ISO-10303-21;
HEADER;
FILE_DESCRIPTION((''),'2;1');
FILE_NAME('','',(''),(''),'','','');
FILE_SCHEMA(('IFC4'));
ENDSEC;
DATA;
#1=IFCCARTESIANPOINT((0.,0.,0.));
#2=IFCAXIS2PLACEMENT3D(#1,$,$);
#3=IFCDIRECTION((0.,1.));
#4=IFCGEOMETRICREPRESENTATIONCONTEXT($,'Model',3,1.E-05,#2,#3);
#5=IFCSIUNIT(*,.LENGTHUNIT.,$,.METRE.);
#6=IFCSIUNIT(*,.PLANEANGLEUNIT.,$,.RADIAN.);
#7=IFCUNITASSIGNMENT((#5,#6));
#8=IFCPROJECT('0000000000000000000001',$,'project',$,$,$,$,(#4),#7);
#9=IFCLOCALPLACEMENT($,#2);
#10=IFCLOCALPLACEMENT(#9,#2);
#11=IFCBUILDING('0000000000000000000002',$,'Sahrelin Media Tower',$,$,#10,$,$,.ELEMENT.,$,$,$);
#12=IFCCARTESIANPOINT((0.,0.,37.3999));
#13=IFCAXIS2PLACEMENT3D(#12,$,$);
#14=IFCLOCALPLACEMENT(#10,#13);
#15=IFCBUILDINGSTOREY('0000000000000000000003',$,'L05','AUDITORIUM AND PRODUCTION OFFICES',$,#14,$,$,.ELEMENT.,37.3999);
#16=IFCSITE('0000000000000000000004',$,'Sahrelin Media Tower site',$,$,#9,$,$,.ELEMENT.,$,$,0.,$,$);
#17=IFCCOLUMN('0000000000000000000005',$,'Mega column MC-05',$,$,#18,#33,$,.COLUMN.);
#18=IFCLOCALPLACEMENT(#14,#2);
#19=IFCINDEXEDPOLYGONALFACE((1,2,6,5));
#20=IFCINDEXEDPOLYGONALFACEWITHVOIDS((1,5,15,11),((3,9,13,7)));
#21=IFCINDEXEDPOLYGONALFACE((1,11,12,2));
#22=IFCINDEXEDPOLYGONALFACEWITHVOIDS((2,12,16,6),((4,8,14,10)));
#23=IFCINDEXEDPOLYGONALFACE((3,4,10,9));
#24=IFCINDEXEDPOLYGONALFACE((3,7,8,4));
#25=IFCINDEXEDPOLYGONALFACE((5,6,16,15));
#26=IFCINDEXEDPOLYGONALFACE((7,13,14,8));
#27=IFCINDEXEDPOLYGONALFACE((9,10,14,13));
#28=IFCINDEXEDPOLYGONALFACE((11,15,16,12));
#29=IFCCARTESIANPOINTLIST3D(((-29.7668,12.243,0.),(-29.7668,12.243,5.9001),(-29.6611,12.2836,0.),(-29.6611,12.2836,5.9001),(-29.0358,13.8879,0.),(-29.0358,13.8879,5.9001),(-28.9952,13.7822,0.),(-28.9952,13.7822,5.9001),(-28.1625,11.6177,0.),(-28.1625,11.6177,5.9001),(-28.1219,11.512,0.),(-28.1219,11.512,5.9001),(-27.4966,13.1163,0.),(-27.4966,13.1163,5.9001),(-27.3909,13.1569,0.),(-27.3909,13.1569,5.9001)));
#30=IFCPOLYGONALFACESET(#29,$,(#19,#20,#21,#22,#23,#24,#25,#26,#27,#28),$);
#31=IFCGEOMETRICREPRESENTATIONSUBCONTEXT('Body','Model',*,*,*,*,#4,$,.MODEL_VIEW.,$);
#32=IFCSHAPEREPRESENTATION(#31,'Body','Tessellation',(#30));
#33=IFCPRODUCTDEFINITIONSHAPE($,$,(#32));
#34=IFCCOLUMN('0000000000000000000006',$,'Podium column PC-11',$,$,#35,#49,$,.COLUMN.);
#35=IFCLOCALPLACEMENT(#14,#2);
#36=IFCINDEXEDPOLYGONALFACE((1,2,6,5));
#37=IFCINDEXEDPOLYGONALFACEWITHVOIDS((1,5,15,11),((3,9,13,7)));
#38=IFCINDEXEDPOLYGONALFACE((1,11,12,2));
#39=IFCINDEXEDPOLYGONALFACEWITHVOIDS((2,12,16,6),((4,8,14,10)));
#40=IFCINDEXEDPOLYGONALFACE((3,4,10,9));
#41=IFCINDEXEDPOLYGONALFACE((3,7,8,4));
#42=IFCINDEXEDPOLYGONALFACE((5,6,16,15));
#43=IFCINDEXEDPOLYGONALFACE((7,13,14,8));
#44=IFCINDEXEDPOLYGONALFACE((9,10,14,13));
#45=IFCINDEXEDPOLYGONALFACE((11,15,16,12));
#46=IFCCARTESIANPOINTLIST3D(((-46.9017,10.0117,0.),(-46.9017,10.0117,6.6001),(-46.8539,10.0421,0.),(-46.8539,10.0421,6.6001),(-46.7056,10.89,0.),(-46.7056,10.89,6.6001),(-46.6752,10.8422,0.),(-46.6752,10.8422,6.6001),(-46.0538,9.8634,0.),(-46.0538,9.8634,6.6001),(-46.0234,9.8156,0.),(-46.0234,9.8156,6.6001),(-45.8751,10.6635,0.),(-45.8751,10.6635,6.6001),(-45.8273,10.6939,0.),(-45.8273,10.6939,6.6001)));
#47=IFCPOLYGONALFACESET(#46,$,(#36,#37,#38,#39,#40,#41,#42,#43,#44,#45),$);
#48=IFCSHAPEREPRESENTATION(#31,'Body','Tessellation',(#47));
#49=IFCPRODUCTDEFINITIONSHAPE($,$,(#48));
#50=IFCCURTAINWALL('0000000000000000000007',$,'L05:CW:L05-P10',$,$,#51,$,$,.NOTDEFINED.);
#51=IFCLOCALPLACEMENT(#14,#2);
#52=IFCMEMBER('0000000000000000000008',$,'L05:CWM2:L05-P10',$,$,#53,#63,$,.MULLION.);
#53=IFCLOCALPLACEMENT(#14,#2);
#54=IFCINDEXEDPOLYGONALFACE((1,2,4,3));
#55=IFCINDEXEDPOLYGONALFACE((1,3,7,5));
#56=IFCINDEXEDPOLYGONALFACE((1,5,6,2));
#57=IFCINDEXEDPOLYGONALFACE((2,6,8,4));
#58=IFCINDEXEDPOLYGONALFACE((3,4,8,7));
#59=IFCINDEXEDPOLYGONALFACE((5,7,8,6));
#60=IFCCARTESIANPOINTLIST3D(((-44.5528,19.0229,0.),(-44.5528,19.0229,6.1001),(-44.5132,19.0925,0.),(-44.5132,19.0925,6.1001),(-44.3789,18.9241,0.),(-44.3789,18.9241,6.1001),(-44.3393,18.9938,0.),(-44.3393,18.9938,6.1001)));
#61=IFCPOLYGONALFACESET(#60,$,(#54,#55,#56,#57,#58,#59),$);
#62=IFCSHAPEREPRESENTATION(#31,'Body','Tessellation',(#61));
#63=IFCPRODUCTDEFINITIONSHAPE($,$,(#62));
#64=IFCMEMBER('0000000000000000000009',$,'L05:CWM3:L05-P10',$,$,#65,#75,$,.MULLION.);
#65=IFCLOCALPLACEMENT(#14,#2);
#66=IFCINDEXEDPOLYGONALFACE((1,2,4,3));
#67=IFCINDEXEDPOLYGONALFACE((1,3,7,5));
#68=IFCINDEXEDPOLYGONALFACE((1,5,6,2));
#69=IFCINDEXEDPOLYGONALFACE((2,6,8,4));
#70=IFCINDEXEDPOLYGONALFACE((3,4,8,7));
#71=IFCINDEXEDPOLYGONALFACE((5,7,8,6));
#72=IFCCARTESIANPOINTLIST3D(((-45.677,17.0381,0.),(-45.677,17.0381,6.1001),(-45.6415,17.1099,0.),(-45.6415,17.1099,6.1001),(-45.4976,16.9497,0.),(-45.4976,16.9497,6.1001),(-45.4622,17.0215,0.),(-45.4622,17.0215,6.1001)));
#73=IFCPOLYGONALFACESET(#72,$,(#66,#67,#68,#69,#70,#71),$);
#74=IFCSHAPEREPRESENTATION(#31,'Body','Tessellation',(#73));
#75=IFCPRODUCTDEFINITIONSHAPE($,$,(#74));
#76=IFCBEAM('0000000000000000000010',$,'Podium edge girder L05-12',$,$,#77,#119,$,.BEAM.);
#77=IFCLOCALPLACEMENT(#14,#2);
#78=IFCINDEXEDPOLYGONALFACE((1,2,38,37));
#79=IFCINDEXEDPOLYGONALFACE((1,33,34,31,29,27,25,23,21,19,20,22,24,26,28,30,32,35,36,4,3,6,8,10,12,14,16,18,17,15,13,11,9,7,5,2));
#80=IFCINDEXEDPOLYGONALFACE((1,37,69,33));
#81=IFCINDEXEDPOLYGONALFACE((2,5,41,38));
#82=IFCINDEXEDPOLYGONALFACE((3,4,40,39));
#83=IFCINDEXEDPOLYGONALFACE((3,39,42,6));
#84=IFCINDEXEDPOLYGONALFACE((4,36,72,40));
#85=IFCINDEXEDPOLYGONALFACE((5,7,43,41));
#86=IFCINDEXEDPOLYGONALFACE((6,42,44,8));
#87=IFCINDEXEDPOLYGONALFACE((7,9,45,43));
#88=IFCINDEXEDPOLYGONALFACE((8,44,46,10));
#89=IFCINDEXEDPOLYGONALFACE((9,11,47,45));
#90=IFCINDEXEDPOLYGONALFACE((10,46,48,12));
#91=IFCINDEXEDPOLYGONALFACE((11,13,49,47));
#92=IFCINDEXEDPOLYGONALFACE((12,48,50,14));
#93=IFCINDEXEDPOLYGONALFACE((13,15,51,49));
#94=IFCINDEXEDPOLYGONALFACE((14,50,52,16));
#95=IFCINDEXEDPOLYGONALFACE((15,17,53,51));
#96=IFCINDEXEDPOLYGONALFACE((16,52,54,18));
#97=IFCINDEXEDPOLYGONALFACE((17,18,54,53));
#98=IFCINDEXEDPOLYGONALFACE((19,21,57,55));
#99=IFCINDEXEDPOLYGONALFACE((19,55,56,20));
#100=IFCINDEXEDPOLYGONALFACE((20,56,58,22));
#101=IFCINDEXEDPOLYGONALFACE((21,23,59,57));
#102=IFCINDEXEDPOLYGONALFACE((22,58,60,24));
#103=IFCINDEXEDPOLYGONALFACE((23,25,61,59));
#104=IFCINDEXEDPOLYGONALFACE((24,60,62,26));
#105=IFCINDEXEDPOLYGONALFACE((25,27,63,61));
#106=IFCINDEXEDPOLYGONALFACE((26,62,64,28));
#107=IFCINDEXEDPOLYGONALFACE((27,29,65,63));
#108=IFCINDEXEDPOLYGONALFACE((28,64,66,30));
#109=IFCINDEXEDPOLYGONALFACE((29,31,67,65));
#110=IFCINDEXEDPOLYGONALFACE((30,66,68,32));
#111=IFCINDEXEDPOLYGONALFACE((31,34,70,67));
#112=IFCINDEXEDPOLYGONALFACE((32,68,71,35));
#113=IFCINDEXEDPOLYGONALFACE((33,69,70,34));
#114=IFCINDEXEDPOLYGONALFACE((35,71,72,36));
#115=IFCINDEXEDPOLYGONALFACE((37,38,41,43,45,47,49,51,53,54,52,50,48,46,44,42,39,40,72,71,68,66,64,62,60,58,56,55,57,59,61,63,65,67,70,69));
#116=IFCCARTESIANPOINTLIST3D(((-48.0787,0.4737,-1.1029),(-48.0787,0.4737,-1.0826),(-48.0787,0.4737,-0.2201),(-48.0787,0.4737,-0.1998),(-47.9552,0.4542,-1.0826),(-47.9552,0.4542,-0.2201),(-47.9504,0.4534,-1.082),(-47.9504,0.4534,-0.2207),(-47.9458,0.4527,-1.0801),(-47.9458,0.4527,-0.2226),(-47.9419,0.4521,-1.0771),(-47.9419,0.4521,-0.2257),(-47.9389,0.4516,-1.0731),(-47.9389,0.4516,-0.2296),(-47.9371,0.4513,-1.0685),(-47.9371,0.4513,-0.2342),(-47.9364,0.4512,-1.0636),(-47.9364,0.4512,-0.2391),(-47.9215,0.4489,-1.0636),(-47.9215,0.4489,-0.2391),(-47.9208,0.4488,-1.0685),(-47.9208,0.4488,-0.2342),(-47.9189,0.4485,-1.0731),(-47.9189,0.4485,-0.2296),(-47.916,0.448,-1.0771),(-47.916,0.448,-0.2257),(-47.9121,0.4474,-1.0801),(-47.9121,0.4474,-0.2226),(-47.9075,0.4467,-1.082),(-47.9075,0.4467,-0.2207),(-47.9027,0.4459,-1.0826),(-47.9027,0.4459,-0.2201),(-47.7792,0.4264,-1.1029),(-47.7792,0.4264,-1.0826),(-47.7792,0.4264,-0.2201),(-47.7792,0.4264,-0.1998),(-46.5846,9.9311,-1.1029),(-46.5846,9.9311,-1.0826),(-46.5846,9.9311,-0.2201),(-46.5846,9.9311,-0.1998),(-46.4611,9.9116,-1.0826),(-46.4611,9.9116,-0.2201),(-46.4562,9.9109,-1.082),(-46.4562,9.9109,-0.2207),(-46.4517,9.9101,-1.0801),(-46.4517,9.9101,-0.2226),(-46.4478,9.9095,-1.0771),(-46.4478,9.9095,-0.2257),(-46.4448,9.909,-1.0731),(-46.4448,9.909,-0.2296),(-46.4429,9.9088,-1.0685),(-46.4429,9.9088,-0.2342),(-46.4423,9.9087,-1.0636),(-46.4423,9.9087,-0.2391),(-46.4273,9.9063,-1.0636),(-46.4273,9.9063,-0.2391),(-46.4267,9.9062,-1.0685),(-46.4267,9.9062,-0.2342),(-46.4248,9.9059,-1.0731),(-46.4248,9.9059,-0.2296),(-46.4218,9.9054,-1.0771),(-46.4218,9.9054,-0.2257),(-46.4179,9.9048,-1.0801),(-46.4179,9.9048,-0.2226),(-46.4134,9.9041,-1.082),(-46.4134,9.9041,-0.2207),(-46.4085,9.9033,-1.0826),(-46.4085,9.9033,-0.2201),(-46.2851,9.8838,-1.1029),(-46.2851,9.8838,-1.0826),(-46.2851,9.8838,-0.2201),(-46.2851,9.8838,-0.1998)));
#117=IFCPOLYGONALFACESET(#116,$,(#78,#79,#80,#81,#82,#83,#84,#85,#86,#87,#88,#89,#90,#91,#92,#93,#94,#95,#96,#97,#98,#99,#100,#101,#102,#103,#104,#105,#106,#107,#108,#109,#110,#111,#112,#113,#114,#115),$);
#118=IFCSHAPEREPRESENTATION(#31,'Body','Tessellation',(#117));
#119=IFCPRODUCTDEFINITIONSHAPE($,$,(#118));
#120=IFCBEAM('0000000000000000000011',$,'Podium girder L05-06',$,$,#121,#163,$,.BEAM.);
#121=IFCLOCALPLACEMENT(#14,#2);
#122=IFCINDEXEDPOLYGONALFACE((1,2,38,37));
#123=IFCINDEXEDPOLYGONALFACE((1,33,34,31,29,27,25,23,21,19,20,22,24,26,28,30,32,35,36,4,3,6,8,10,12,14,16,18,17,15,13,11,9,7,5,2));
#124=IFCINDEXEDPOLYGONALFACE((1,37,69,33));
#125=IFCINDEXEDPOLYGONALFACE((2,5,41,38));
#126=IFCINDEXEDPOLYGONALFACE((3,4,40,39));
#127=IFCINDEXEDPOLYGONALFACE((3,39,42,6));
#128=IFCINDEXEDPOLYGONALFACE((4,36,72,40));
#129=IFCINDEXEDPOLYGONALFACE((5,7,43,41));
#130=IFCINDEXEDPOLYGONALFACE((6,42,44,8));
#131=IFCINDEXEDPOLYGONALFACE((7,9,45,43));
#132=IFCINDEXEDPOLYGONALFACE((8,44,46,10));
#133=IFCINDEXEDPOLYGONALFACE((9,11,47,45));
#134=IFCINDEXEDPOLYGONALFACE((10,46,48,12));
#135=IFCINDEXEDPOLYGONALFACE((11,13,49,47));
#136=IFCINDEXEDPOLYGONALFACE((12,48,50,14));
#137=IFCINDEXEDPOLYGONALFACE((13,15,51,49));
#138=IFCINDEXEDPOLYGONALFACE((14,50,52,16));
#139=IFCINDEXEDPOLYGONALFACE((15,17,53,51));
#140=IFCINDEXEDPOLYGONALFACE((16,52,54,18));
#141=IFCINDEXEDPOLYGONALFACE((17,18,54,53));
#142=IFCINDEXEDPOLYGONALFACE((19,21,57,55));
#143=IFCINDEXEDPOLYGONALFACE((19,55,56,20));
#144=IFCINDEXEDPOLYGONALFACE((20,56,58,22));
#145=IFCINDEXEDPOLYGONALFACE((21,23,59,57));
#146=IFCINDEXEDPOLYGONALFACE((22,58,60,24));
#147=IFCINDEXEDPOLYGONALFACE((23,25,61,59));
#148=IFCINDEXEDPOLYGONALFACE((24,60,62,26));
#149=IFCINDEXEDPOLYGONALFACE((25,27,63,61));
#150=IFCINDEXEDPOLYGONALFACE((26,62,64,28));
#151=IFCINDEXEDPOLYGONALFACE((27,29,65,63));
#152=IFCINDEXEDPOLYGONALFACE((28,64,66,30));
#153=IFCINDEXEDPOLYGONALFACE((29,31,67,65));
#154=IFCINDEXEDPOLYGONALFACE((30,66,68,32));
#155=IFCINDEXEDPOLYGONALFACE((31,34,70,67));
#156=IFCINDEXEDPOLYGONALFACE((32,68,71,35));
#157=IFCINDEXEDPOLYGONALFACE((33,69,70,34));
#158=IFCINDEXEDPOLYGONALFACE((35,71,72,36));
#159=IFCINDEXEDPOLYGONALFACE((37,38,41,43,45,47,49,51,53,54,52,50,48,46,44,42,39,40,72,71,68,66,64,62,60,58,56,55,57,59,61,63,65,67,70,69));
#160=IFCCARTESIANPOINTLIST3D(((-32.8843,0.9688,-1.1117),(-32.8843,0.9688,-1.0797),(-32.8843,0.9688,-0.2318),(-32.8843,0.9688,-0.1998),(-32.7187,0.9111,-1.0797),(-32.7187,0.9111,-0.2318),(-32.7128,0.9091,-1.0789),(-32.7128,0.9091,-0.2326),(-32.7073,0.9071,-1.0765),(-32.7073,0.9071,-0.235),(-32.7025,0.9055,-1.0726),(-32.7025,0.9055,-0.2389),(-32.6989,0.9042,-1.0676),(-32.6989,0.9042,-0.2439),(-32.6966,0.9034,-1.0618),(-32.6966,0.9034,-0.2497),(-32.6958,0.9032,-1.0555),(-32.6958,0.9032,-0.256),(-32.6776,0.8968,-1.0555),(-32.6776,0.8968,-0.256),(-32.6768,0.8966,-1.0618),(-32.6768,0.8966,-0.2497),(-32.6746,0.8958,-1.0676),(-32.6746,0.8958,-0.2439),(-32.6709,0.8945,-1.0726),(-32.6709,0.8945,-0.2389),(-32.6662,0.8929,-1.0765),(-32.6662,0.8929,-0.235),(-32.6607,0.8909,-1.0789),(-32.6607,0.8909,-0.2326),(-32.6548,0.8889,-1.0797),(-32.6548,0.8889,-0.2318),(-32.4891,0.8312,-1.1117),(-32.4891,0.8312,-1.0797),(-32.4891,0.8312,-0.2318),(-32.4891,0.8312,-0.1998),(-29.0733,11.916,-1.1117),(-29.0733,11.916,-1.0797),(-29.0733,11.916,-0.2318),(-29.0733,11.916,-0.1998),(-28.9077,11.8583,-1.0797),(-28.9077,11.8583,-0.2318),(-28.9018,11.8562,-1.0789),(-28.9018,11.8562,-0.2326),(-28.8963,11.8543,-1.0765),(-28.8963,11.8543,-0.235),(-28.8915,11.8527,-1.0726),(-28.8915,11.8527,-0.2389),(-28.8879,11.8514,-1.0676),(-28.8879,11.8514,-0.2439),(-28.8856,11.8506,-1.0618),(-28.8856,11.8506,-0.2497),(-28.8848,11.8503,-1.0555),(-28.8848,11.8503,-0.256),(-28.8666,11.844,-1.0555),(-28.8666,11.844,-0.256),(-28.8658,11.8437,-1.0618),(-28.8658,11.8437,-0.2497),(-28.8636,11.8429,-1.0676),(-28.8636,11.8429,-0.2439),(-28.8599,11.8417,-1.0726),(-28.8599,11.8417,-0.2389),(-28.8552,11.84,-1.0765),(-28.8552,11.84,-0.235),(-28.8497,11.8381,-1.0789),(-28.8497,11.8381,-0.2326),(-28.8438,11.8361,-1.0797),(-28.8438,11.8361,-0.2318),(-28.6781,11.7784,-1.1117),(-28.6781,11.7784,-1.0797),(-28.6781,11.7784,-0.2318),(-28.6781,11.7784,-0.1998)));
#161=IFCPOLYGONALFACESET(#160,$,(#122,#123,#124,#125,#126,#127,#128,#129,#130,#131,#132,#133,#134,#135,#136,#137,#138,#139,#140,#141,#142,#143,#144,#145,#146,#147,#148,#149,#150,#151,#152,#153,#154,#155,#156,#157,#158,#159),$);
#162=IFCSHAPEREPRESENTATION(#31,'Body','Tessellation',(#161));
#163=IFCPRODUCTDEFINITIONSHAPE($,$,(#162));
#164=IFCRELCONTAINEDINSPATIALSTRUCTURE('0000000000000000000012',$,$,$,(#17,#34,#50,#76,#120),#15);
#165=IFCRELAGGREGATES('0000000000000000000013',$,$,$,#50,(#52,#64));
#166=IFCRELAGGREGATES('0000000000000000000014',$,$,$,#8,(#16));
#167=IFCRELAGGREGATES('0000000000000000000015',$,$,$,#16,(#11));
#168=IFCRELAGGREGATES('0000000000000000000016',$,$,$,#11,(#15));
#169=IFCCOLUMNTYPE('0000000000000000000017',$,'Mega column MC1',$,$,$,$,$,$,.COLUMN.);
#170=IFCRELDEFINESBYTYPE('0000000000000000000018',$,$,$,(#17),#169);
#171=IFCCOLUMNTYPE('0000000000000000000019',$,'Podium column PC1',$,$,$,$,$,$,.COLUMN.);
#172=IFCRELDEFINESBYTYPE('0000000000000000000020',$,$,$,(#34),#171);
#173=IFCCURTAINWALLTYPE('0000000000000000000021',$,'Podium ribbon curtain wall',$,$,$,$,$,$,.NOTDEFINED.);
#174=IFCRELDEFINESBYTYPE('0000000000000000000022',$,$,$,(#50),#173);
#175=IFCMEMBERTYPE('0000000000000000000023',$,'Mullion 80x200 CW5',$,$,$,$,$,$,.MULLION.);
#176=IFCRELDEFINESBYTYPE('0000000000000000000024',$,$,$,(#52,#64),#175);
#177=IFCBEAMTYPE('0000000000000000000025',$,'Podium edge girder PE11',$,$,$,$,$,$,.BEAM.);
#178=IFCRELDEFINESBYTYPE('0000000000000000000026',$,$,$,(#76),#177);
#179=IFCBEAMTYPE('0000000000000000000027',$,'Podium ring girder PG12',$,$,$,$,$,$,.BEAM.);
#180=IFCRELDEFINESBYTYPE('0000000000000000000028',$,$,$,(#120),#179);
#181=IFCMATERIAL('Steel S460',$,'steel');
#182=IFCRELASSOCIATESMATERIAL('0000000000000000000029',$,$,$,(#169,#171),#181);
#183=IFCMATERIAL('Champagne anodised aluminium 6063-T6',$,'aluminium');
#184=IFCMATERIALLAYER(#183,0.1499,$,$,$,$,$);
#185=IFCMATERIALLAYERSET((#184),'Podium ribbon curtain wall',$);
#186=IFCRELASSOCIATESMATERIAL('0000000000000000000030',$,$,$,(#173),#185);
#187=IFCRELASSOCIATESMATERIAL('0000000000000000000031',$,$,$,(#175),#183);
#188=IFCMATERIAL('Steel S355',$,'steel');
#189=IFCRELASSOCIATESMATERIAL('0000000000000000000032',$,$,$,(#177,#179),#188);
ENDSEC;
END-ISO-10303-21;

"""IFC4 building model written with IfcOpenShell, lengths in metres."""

from ifc_helpers import new_model, si_unit, direction, frame, origin, origin_2d, place, context, subcontext, project, spatial, rectangle, hollow_rectangle, i_section, extrude, material, layer, layer_set, material_profile, profile_set, type_object, element, aggregate, save


model = new_model("IFC4")

# Units and contexts
model_context = context("Model", 3, precision=1e-05, world=origin(), true_north=direction((0.0, 1.0)))
body_context = subcontext(model_context, "Body", "Model", "MODEL_VIEW")
ifc_project = project(units=[si_unit("LENGTHUNIT", "METRE"), si_unit("PLANEANGLEUNIT", "RADIAN")], contexts=[model_context])

# Site, building, storey
site_placement = place(None, origin())
site = spatial("IfcSite", under=ifc_project, at=site_placement, Name="Sahrelin Media Tower site", CompositionType="ELEMENT", RefElevation=0.0)
building_placement = place(site_placement, origin())
building = spatial("IfcBuilding", under=site, at=building_placement, Name="Sahrelin Media Tower", CompositionType="ELEMENT")
storey_placement = place(building_placement, frame((0.0, 0.0, 37.3999)))
storey = spatial("IfcBuildingStorey", under=building, at=storey_placement, Name="L05", Description="AUDITORIUM AND PRODUCTION OFFICES", CompositionType="ELEMENT", Elevation=37.3999)

# Columns
ifc_material_1 = material(Name="Steel S460", Category="steel")
ifc_material_profile_1 = material_profile(ifc_material_1, hollow_rectangle(XDim=1.8, YDim=1.8, WallThickness=0.0801, at=origin_2d()), Name="Mega column MC1")
ifc_profile_set_1 = profile_set([ifc_material_profile_1], Name="Steel S460")
column_type_1 = type_object("IfcColumnType", Name="Mega column MC1", PredefinedType="COLUMN", material=ifc_profile_set_1)
column_1_placement = place(storey_placement, frame((-28.5789, 12.7, 0.0), z_axis=(0.0, 0.0, 1.0), x_axis=(-0.913831, 0.406094, 0.0)))
element("IfcColumn", 1, at=column_1_placement, inside=storey, type_object=column_type_1, Name="Mega column MC-05", PredefinedType="COLUMN", context=body_context, shape_type="SweptSolid", body=[
    extrude(hollow_rectangle(XDim=1.8, YDim=1.8, WallThickness=0.0801, at=origin_2d()), origin(), (0.0, 0.0, 1.0), 5.9001),
])
ifc_material_profile_2 = material_profile(ifc_material_1, hollow_rectangle(XDim=0.8999, YDim=0.8999, WallThickness=0.04, at=origin_2d()), Name="Podium column PC1")
ifc_profile_set_2 = profile_set([ifc_material_profile_2], Name="Steel S460")
column_type_2 = type_object("IfcColumnType", Name="Podium column PC1", PredefinedType="COLUMN", material=ifc_profile_set_2)
column_2_placement = place(storey_placement, frame((-46.3645, 10.3528, 0.0), z_axis=(0.0, 0.0, 1.0), x_axis=(-0.975965, 0.217925, 0.0)))
element("IfcColumn", 2, at=column_2_placement, inside=storey, type_object=column_type_2, Name="Podium column PC-11", PredefinedType="COLUMN", context=body_context, shape_type="SweptSolid", body=[
    extrude(hollow_rectangle(XDim=0.8999, YDim=0.8999, WallThickness=0.04, at=origin_2d()), origin(), (0.0, 0.0, 1.0), 6.6001),
])

# Curtain wall, members
ifc_material_2 = material(Name="Champagne anodised aluminium 6063-T6", Category="aluminium")
ifc_layer_1 = layer(ifc_material_2, 0.1499)
ifc_layer_set_1 = layer_set([ifc_layer_1], Name="Podium ribbon curtain wall")
curtain_wall_type = type_object("IfcCurtainWallType", Name="Podium ribbon curtain wall", PredefinedType="NOTDEFINED", material=ifc_layer_set_1)
curtain_wall_placement = place(storey_placement, frame((-43.3013, 21.0, 0.0), z_axis=(0.0, 0.0, 1.0), x_axis=(1.0, 0.0, 0.0)))
curtain_wall = element("IfcCurtainWall", 3, at=curtain_wall_placement, inside=storey, type_object=curtain_wall_type, Name="L05:CW:L05-P10", PredefinedType="NOTDEFINED")
ifc_material_profile_3 = material_profile(ifc_material_2, rectangle(XDim=0.0801, YDim=0.2, at=origin_2d()), Name="Mullion 80x200")
ifc_profile_set_3 = profile_set([ifc_material_profile_3], Name="Champagne anodised aluminium 6063-T6")
member_type_1 = type_object("IfcMemberType", Name="Mullion 80x200 CW5", PredefinedType="MULLION", material=ifc_profile_set_3)
member_1_placement = place(storey_placement, frame((-44.446, 19.0083, 0.0), z_axis=(0.0, 0.0, 1.0), x_axis=(-0.493787, -0.869583, 0.0)))
member_1 = element("IfcMember", 4, at=member_1_placement, type_object=member_type_1, Name="L05:CWM2:L05-P10", PredefinedType="MULLION", context=body_context, shape_type="SweptSolid", body=[
    extrude(rectangle(XDim=0.0801, YDim=0.2, at=origin_2d()), origin(), (0.0, 0.0, 1.0), 6.1001),
])
member_2_placement = place(storey_placement, frame((-45.5696, 17.0298, 0.0), z_axis=(0.0, 0.0, 1.0), x_axis=(-0.442262, -0.896886, 0.0)))
member_2 = element("IfcMember", 5, at=member_2_placement, type_object=member_type_1, Name="L05:CWM3:L05-P10", PredefinedType="MULLION", context=body_context, shape_type="SweptSolid", body=[
    extrude(rectangle(XDim=0.0801, YDim=0.2, at=origin_2d()), origin(), (0.0, 0.0, 1.0), 6.1001),
])

# Beams
ifc_material_3 = material(Name="Steel S355", Category="steel")
ifc_material_profile_4 = material_profile(ifc_material_3, i_section(OverallWidth=0.3032, OverallDepth=0.9031, WebThickness=0.0151, FlangeThickness=0.0203, FilletRadius=0.019, at=origin_2d()), Name="UB 914x305x201")
ifc_profile_set_4 = profile_set([ifc_material_profile_4], Name="Steel S355")
beam_type_1 = type_object("IfcBeamType", Name="Podium edge girder PE11", PredefinedType="BEAM", material=ifc_profile_set_4)
beam_1_placement = place(storey_placement, frame((-46.4348, 9.9075, -0.6514), z_axis=(-0.156049, -0.987749, 0.0), x_axis=(0.987749, -0.156049, 0.0)))
element("IfcBeam", 6, at=beam_1_placement, inside=storey, type_object=beam_type_1, Name="Podium edge girder L05-12", PredefinedType="BEAM", context=body_context, shape_type="SweptSolid", body=[
    extrude(i_section(OverallWidth=0.3032, OverallDepth=0.9031, WebThickness=0.0151, FlangeThickness=0.0203, FilletRadius=0.019, at=origin_2d()), origin(), (0.0, 0.0, 1.0), 9.5747),
])
ifc_material_profile_5 = material_profile(ifc_material_3, i_section(OverallWidth=0.4185, OverallDepth=0.9119, WebThickness=0.0193, FlangeThickness=0.032, FilletRadius=0.0242, at=origin_2d()), Name="UB 914x419x343")
ifc_profile_set_5 = profile_set([ifc_material_profile_5], Name="Steel S355")
beam_type_2 = type_object("IfcBeamType", Name="Podium ring girder PG12", PredefinedType="BEAM", material=ifc_profile_set_5)
beam_2_placement = place(storey_placement, frame((-28.8757, 11.8472, -0.6558), z_axis=(-0.328774, -0.944409, 0.0), x_axis=(0.944409, -0.328774, 0.0)))
element("IfcBeam", 7, at=beam_2_placement, inside=storey, type_object=beam_type_2, Name="Podium girder L05-06", PredefinedType="BEAM", context=body_context, shape_type="SweptSolid", body=[
    extrude(i_section(OverallWidth=0.4185, OverallDepth=0.9119, WebThickness=0.0193, FlangeThickness=0.032, FilletRadius=0.0242, at=origin_2d()), origin(), (0.0, 0.0, 1.0), 11.5916),
])

aggregate(curtain_wall, [member_1, member_2])

save(model, "model.ifc")
